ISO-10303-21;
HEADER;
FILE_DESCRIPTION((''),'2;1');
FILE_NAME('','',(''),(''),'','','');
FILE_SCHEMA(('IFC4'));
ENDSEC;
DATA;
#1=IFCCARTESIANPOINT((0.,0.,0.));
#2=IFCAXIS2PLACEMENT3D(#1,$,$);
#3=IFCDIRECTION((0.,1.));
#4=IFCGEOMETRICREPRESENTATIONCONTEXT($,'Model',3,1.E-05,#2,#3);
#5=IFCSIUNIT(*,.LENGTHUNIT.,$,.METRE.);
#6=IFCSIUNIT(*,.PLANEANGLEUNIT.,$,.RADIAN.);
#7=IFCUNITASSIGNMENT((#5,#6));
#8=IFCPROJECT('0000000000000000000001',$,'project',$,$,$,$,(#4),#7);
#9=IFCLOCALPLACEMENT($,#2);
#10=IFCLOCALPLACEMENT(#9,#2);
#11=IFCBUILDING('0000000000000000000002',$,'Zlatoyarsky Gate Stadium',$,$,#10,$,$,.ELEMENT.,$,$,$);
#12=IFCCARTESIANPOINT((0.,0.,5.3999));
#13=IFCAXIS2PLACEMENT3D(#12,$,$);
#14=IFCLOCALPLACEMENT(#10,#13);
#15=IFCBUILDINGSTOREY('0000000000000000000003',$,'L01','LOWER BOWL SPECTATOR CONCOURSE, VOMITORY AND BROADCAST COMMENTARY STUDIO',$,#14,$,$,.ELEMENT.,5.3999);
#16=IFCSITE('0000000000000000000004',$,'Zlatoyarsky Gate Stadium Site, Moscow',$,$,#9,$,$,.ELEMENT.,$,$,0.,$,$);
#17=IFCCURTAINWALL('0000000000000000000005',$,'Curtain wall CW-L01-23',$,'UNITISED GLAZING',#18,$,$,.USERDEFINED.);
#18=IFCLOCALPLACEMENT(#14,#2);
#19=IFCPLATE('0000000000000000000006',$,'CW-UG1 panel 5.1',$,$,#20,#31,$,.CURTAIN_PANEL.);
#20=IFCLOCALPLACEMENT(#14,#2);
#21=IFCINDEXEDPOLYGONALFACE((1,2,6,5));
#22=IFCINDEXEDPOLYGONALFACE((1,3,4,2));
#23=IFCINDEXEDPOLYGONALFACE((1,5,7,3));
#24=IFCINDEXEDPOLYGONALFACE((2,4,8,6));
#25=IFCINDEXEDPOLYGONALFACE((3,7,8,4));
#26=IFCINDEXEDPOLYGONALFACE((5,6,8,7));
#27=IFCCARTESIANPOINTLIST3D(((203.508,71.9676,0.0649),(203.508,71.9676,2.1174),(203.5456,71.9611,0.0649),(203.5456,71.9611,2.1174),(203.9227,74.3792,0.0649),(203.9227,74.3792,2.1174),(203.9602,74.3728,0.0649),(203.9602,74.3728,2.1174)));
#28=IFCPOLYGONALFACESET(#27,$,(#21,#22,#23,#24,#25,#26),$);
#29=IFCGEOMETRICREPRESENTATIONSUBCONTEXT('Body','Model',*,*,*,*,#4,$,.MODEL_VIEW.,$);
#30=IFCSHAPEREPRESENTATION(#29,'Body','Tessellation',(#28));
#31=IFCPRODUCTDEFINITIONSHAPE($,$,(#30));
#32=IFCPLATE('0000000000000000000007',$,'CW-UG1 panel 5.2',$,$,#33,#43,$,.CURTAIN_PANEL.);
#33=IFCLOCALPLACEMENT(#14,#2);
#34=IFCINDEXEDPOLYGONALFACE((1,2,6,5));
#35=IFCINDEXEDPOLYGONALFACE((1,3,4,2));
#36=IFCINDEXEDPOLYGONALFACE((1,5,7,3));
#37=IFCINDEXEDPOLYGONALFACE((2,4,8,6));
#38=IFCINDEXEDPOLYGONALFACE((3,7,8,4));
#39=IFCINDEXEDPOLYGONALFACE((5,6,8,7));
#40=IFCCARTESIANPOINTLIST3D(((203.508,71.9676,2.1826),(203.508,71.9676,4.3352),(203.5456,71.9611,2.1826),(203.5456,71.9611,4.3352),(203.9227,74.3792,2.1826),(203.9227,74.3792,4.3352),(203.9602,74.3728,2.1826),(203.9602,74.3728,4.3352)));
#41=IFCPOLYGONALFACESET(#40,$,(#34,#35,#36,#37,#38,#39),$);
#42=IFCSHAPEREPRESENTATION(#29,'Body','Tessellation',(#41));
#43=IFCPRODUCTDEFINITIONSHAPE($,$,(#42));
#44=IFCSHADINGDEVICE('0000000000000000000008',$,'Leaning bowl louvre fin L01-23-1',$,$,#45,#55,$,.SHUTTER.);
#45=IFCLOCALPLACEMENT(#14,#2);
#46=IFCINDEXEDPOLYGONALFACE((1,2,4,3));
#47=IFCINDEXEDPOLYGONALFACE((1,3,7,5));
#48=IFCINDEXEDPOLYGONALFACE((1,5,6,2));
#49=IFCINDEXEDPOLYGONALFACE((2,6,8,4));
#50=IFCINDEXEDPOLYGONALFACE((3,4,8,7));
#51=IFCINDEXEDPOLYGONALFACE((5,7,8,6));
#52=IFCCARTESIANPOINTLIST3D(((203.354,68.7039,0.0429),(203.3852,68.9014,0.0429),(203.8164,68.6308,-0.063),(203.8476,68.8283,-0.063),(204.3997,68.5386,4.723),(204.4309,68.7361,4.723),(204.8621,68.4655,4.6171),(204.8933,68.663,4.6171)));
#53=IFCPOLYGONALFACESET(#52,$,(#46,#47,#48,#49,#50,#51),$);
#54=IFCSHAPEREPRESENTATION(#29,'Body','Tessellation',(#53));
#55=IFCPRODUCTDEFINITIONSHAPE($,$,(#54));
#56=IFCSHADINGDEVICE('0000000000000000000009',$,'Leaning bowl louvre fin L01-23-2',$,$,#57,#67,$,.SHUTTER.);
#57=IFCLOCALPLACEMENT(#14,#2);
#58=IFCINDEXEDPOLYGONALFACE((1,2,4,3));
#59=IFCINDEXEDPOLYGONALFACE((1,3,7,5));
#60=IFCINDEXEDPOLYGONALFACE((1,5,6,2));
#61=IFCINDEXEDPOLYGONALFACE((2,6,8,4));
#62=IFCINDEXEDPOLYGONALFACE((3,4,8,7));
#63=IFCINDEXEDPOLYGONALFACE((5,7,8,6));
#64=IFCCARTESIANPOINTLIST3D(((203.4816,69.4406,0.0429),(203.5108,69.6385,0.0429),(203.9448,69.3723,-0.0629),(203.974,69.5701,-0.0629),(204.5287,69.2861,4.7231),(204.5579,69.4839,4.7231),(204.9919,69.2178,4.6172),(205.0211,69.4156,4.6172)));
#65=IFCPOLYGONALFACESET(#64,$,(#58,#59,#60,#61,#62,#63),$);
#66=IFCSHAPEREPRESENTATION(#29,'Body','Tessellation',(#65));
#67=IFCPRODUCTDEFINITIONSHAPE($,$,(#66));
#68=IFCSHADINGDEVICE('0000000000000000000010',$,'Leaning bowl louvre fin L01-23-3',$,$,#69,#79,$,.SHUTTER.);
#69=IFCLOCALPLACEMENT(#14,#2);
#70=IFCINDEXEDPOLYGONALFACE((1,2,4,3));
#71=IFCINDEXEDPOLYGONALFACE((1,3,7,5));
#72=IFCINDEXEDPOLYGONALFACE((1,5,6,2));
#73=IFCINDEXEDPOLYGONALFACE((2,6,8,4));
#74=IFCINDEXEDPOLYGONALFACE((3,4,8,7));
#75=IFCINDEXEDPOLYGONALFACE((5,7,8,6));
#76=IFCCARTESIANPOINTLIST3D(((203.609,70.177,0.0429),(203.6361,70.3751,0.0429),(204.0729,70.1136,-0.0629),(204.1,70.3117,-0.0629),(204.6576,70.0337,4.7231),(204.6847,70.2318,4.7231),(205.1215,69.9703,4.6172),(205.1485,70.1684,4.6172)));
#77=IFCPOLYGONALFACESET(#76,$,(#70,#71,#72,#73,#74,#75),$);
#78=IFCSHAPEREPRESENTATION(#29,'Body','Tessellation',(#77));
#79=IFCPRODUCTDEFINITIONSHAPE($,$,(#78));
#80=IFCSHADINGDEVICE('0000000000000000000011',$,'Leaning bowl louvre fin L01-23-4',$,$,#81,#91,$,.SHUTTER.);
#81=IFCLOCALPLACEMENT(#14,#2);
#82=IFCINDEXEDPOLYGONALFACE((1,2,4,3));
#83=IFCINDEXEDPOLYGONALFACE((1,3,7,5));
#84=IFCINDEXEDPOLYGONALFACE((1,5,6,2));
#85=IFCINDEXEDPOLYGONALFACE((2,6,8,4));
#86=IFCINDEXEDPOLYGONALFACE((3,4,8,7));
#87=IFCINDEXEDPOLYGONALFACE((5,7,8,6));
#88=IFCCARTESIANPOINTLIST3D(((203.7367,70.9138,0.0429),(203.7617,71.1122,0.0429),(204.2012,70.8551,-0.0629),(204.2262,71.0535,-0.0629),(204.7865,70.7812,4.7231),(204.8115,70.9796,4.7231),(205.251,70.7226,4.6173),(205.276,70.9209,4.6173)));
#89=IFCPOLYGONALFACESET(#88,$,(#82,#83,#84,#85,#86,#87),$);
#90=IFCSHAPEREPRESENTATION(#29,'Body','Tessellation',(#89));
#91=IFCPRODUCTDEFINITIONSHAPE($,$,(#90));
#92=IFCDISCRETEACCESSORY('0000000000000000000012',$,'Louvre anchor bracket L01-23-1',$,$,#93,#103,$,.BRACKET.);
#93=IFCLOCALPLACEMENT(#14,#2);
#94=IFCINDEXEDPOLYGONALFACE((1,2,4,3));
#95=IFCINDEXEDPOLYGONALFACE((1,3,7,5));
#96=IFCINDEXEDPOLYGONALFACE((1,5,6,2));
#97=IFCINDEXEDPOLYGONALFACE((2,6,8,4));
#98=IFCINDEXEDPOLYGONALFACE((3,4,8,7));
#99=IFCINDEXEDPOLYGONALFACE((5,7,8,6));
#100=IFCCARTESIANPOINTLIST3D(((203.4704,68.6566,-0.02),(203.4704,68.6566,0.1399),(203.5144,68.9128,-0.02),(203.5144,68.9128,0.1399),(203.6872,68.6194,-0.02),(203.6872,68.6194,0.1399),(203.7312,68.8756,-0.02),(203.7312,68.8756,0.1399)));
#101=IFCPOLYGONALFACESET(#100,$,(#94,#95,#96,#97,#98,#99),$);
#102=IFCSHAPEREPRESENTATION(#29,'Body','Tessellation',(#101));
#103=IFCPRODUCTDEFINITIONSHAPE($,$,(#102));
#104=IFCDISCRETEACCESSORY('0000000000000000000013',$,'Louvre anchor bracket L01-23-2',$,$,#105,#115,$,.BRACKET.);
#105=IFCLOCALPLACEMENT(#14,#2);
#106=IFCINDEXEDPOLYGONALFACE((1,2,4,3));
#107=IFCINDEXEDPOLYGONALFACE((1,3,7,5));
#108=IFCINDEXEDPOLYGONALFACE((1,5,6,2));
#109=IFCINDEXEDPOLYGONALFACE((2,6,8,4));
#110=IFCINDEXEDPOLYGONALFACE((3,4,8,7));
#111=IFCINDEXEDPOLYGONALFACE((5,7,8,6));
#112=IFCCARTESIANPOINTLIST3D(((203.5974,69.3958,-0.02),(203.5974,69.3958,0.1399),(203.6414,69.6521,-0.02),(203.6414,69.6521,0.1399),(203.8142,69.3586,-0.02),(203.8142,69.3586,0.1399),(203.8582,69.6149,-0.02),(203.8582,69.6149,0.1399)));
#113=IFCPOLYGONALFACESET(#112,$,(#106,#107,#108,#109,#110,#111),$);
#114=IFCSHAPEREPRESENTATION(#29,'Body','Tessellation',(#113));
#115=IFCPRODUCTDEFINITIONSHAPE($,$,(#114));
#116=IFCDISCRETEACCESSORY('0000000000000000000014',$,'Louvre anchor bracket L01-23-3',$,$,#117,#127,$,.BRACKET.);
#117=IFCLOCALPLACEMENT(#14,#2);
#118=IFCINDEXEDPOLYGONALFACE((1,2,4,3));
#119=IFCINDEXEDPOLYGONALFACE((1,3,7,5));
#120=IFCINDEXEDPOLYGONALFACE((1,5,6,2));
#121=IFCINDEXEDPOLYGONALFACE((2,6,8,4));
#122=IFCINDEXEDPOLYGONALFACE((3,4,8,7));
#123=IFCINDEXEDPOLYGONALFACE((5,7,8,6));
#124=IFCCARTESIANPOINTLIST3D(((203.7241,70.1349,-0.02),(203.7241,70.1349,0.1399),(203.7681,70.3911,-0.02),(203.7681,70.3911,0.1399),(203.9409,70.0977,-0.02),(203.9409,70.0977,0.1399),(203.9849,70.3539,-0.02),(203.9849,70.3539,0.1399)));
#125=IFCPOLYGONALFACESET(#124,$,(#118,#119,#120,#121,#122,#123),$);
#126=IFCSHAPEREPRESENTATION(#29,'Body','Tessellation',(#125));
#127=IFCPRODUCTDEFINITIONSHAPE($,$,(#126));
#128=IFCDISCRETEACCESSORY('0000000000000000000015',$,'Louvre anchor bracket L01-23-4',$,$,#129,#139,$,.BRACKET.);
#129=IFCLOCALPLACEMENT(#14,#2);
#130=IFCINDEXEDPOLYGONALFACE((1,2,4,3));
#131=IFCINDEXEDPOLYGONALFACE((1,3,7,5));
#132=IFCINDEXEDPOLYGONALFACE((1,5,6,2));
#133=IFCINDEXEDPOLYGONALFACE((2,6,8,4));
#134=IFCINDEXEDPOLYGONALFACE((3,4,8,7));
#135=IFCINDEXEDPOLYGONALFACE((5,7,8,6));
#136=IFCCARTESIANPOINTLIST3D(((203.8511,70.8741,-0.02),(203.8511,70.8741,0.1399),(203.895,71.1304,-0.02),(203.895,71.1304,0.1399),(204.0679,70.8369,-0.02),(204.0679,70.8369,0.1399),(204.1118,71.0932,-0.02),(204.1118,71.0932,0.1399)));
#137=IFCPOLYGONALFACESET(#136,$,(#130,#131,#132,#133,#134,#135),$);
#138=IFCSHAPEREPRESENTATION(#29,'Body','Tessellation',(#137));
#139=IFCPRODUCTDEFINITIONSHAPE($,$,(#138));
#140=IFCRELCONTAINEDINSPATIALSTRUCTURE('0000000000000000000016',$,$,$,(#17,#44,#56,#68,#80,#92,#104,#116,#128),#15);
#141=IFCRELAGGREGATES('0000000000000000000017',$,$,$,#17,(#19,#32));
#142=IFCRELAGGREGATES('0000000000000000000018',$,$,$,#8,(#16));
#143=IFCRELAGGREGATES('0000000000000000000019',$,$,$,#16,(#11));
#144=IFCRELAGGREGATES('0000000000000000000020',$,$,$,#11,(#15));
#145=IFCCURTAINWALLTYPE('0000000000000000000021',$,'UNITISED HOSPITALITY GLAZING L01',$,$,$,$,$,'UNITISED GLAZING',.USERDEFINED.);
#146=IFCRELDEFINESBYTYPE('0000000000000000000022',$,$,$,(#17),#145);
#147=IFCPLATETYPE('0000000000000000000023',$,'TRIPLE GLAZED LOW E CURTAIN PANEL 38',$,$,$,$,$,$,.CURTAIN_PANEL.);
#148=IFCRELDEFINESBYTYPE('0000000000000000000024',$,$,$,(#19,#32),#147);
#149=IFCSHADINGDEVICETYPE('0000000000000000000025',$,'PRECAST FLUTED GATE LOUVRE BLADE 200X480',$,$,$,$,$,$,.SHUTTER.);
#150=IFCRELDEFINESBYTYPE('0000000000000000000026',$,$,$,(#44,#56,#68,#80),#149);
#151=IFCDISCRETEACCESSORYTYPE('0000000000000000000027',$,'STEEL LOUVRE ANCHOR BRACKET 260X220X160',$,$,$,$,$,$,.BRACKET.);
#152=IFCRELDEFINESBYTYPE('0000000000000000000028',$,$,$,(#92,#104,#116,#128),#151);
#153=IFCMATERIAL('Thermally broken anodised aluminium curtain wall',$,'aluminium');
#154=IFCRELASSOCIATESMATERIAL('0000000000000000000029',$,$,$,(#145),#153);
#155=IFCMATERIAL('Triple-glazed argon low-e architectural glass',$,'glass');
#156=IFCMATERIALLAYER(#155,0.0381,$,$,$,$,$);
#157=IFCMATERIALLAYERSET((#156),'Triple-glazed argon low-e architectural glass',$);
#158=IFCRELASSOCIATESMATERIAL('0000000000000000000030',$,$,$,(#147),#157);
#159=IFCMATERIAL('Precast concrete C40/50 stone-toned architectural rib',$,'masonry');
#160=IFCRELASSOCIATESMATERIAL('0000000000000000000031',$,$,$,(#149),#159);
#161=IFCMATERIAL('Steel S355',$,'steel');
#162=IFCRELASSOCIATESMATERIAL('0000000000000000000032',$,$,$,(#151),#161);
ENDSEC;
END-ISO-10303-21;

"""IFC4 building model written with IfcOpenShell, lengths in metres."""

from ifc_helpers import new_model, si_unit, direction, frame, origin, origin_2d, place, context, subcontext, project, spatial, rectangle, extrude, material, layer, layer_set, material_profile, profile_set, type_object, element, aggregate, save


model = new_model("IFC4")

# Units and contexts
model_context = context("Model", 3, precision=1e-05, world=origin(), true_north=direction((0.0, 1.0)))
body_context = subcontext(model_context, "Body", "Model", "MODEL_VIEW")
ifc_project = project(units=[si_unit("LENGTHUNIT", "METRE"), si_unit("PLANEANGLEUNIT", "RADIAN")], contexts=[model_context])

# Site, building, storey
site_placement = place(None, origin())
site = spatial("IfcSite", under=ifc_project, at=site_placement, Name="Zlatoyarsky Gate Stadium Site, Moscow", CompositionType="ELEMENT", RefElevation=0.0)
building_placement = place(site_placement, origin())
building = spatial("IfcBuilding", under=site, at=building_placement, Name="Zlatoyarsky Gate Stadium", CompositionType="ELEMENT")
storey_placement = place(building_placement, frame((0.0, 0.0, 5.3999)))
storey = spatial("IfcBuildingStorey", under=building, at=storey_placement, Name="L01", Description="LOWER BOWL SPECTATOR CONCOURSE, VOMITORY AND BROADCAST COMMENTARY STUDIO", CompositionType="ELEMENT", Elevation=5.3999)

# Curtain wall
ifc_material_1 = material(Name="Thermally broken anodised aluminium curtain wall", Category="aluminium")
curtain_wall_type = type_object("IfcCurtainWallType", Name="UNITISED HOSPITALITY GLAZING L01", ElementType="UNITISED GLAZING", PredefinedType="USERDEFINED", material=ifc_material_1)
curtain_wall_placement = place(storey_placement, origin())
curtain_wall = element("IfcCurtainWall", 1, at=curtain_wall_placement, inside=storey, type_object=curtain_wall_type, Name="Curtain wall CW-L01-23", ObjectType="UNITISED GLAZING", PredefinedType="USERDEFINED")

# Shared definitions
ifc_material_2 = material(Name="Steel S355", Category="steel")

# Plates
ifc_material_3 = material(Name="Triple-glazed argon low-e architectural glass", Category="glass")
ifc_layer = layer(ifc_material_3, 0.0381)
ifc_layer_set = layer_set([ifc_layer], Name="Triple-glazed argon low-e architectural glass")
plate_type = type_object("IfcPlateType", Name="TRIPLE GLAZED LOW E CURTAIN PANEL 38", PredefinedType="CURTAIN_PANEL", material=ifc_layer_set)
plate_1_placement = place(storey_placement, frame((203.7341, 73.1702, 0.0649), z_axis=(0.0, 0.0, 1.0), x_axis=(0.169451, 0.985539, 0.0)))
plate_1 = element("IfcPlate", 2, at=plate_1_placement, type_object=plate_type, Name="CW-UG1 panel 5.1", PredefinedType="CURTAIN_PANEL", context=body_context, shape_type="SweptSolid", body=[
    extrude(rectangle(XDim=2.447, YDim=0.0381, at=origin_2d()), origin(), (0.0, 0.0, 1.0), 2.0525),
])
plate_2_placement = place(storey_placement, frame((203.7341, 73.1702, 2.1826), z_axis=(0.0, 0.0, 1.0), x_axis=(0.169451, 0.985539, 0.0)))
plate_2 = element("IfcPlate", 3, at=plate_2_placement, type_object=plate_type, Name="CW-UG1 panel 5.2", PredefinedType="CURTAIN_PANEL", context=body_context, shape_type="SweptSolid", body=[
    extrude(rectangle(XDim=2.447, YDim=0.0381, at=origin_2d()), origin(), (0.0, 0.0, 1.0), 2.1526),
])
aggregate(curtain_wall, [plate_1, plate_2])

# Shading devices
ifc_material_4 = material(Name="Precast concrete C40/50 stone-toned architectural rib", Category="masonry")
ifc_material_profile_1 = material_profile(ifc_material_4, rectangle(XDim=0.2, YDim=0.48, at=origin_2d()), Name="RIB 200X480")
ifc_profile_set_1 = profile_set([ifc_material_profile_1], Name="Precast concrete C40/50 stone-toned architectural rib")
shading_device_type = type_object("IfcShadingDeviceType", Name="PRECAST FLUTED GATE LOUVRE BLADE 200X480", PredefinedType="SHUTTER", material=ifc_profile_set_1)
for number, where, z_axis, x_axis, name in (
    (4, (203.6008, 68.7661, -0.01), (0.217917, -0.034445, 0.975359), (0.156128, 0.987737, 0.0), "Leaning bowl louvre fin L01-23-1"),
    (5, (203.7278, 69.5054, -0.01), (0.218224, -0.032207, 0.975367), (0.146005, 0.989284, 0.0), "Leaning bowl louvre fin L01-23-2"),
    (6, (203.8545, 70.2444, -0.01), (0.21853, -0.029867, 0.975373), (0.135412, 0.990789, 0.0), "Leaning bowl louvre fin L01-23-3"),
    (7, (203.9814, 70.9836, -0.01), (0.218787, -0.027628, 0.975382), (0.125284, 0.992121, 0.0), "Leaning bowl louvre fin L01-23-4"),
):
    element("IfcShadingDevice", number, at=place(storey_placement, frame(where, z_axis=z_axis, x_axis=x_axis)), inside=storey, type_object=shading_device_type, Name=name, PredefinedType="SHUTTER", context=body_context, shape_type="SweptSolid", body=[
        extrude(rectangle(XDim=0.2, YDim=0.48, at=origin_2d()), origin(), (0.0, 0.0, 1.0), 4.7983),
    ])

# Discrete accessories
discrete_accessory_type = type_object("IfcDiscreteAccessoryType", Name="STEEL LOUVRE ANCHOR BRACKET 260X220X160", PredefinedType="BRACKET", material=ifc_material_2)
for number, where, z_axis, x_axis, name in (
    (8, (203.6008, 68.7661, -0.02), (0.0, 0.0, 1.0), (0.169116, 0.985596, 0.0), "Louvre anchor bracket L01-23-1"),
    (9, (203.7278, 69.5054, -0.02), (0.0, 0.0, 1.0), (0.169116, 0.985596, 0.0), "Louvre anchor bracket L01-23-2"),
    (10, (203.8545, 70.2444, -0.02), (0.0, 0.0, 1.0), (0.169116, 0.985596, 0.0), "Louvre anchor bracket L01-23-3"),
    (11, (203.9814, 70.9836, -0.02), (0.0, 0.0, 1.0), (0.169116, 0.985596, 0.0), "Louvre anchor bracket L01-23-4"),
):
    element("IfcDiscreteAccessory", number, at=place(storey_placement, frame(where, z_axis=z_axis, x_axis=x_axis)), inside=storey, type_object=discrete_accessory_type, Name=name, PredefinedType="BRACKET", context=body_context, shape_type="SweptSolid", body=[
        extrude(rectangle(XDim=0.26, YDim=0.22, at=origin_2d()), origin(), (0.0, 0.0, 1.0), 0.1599),
    ])

save(model, "model.ifc")
